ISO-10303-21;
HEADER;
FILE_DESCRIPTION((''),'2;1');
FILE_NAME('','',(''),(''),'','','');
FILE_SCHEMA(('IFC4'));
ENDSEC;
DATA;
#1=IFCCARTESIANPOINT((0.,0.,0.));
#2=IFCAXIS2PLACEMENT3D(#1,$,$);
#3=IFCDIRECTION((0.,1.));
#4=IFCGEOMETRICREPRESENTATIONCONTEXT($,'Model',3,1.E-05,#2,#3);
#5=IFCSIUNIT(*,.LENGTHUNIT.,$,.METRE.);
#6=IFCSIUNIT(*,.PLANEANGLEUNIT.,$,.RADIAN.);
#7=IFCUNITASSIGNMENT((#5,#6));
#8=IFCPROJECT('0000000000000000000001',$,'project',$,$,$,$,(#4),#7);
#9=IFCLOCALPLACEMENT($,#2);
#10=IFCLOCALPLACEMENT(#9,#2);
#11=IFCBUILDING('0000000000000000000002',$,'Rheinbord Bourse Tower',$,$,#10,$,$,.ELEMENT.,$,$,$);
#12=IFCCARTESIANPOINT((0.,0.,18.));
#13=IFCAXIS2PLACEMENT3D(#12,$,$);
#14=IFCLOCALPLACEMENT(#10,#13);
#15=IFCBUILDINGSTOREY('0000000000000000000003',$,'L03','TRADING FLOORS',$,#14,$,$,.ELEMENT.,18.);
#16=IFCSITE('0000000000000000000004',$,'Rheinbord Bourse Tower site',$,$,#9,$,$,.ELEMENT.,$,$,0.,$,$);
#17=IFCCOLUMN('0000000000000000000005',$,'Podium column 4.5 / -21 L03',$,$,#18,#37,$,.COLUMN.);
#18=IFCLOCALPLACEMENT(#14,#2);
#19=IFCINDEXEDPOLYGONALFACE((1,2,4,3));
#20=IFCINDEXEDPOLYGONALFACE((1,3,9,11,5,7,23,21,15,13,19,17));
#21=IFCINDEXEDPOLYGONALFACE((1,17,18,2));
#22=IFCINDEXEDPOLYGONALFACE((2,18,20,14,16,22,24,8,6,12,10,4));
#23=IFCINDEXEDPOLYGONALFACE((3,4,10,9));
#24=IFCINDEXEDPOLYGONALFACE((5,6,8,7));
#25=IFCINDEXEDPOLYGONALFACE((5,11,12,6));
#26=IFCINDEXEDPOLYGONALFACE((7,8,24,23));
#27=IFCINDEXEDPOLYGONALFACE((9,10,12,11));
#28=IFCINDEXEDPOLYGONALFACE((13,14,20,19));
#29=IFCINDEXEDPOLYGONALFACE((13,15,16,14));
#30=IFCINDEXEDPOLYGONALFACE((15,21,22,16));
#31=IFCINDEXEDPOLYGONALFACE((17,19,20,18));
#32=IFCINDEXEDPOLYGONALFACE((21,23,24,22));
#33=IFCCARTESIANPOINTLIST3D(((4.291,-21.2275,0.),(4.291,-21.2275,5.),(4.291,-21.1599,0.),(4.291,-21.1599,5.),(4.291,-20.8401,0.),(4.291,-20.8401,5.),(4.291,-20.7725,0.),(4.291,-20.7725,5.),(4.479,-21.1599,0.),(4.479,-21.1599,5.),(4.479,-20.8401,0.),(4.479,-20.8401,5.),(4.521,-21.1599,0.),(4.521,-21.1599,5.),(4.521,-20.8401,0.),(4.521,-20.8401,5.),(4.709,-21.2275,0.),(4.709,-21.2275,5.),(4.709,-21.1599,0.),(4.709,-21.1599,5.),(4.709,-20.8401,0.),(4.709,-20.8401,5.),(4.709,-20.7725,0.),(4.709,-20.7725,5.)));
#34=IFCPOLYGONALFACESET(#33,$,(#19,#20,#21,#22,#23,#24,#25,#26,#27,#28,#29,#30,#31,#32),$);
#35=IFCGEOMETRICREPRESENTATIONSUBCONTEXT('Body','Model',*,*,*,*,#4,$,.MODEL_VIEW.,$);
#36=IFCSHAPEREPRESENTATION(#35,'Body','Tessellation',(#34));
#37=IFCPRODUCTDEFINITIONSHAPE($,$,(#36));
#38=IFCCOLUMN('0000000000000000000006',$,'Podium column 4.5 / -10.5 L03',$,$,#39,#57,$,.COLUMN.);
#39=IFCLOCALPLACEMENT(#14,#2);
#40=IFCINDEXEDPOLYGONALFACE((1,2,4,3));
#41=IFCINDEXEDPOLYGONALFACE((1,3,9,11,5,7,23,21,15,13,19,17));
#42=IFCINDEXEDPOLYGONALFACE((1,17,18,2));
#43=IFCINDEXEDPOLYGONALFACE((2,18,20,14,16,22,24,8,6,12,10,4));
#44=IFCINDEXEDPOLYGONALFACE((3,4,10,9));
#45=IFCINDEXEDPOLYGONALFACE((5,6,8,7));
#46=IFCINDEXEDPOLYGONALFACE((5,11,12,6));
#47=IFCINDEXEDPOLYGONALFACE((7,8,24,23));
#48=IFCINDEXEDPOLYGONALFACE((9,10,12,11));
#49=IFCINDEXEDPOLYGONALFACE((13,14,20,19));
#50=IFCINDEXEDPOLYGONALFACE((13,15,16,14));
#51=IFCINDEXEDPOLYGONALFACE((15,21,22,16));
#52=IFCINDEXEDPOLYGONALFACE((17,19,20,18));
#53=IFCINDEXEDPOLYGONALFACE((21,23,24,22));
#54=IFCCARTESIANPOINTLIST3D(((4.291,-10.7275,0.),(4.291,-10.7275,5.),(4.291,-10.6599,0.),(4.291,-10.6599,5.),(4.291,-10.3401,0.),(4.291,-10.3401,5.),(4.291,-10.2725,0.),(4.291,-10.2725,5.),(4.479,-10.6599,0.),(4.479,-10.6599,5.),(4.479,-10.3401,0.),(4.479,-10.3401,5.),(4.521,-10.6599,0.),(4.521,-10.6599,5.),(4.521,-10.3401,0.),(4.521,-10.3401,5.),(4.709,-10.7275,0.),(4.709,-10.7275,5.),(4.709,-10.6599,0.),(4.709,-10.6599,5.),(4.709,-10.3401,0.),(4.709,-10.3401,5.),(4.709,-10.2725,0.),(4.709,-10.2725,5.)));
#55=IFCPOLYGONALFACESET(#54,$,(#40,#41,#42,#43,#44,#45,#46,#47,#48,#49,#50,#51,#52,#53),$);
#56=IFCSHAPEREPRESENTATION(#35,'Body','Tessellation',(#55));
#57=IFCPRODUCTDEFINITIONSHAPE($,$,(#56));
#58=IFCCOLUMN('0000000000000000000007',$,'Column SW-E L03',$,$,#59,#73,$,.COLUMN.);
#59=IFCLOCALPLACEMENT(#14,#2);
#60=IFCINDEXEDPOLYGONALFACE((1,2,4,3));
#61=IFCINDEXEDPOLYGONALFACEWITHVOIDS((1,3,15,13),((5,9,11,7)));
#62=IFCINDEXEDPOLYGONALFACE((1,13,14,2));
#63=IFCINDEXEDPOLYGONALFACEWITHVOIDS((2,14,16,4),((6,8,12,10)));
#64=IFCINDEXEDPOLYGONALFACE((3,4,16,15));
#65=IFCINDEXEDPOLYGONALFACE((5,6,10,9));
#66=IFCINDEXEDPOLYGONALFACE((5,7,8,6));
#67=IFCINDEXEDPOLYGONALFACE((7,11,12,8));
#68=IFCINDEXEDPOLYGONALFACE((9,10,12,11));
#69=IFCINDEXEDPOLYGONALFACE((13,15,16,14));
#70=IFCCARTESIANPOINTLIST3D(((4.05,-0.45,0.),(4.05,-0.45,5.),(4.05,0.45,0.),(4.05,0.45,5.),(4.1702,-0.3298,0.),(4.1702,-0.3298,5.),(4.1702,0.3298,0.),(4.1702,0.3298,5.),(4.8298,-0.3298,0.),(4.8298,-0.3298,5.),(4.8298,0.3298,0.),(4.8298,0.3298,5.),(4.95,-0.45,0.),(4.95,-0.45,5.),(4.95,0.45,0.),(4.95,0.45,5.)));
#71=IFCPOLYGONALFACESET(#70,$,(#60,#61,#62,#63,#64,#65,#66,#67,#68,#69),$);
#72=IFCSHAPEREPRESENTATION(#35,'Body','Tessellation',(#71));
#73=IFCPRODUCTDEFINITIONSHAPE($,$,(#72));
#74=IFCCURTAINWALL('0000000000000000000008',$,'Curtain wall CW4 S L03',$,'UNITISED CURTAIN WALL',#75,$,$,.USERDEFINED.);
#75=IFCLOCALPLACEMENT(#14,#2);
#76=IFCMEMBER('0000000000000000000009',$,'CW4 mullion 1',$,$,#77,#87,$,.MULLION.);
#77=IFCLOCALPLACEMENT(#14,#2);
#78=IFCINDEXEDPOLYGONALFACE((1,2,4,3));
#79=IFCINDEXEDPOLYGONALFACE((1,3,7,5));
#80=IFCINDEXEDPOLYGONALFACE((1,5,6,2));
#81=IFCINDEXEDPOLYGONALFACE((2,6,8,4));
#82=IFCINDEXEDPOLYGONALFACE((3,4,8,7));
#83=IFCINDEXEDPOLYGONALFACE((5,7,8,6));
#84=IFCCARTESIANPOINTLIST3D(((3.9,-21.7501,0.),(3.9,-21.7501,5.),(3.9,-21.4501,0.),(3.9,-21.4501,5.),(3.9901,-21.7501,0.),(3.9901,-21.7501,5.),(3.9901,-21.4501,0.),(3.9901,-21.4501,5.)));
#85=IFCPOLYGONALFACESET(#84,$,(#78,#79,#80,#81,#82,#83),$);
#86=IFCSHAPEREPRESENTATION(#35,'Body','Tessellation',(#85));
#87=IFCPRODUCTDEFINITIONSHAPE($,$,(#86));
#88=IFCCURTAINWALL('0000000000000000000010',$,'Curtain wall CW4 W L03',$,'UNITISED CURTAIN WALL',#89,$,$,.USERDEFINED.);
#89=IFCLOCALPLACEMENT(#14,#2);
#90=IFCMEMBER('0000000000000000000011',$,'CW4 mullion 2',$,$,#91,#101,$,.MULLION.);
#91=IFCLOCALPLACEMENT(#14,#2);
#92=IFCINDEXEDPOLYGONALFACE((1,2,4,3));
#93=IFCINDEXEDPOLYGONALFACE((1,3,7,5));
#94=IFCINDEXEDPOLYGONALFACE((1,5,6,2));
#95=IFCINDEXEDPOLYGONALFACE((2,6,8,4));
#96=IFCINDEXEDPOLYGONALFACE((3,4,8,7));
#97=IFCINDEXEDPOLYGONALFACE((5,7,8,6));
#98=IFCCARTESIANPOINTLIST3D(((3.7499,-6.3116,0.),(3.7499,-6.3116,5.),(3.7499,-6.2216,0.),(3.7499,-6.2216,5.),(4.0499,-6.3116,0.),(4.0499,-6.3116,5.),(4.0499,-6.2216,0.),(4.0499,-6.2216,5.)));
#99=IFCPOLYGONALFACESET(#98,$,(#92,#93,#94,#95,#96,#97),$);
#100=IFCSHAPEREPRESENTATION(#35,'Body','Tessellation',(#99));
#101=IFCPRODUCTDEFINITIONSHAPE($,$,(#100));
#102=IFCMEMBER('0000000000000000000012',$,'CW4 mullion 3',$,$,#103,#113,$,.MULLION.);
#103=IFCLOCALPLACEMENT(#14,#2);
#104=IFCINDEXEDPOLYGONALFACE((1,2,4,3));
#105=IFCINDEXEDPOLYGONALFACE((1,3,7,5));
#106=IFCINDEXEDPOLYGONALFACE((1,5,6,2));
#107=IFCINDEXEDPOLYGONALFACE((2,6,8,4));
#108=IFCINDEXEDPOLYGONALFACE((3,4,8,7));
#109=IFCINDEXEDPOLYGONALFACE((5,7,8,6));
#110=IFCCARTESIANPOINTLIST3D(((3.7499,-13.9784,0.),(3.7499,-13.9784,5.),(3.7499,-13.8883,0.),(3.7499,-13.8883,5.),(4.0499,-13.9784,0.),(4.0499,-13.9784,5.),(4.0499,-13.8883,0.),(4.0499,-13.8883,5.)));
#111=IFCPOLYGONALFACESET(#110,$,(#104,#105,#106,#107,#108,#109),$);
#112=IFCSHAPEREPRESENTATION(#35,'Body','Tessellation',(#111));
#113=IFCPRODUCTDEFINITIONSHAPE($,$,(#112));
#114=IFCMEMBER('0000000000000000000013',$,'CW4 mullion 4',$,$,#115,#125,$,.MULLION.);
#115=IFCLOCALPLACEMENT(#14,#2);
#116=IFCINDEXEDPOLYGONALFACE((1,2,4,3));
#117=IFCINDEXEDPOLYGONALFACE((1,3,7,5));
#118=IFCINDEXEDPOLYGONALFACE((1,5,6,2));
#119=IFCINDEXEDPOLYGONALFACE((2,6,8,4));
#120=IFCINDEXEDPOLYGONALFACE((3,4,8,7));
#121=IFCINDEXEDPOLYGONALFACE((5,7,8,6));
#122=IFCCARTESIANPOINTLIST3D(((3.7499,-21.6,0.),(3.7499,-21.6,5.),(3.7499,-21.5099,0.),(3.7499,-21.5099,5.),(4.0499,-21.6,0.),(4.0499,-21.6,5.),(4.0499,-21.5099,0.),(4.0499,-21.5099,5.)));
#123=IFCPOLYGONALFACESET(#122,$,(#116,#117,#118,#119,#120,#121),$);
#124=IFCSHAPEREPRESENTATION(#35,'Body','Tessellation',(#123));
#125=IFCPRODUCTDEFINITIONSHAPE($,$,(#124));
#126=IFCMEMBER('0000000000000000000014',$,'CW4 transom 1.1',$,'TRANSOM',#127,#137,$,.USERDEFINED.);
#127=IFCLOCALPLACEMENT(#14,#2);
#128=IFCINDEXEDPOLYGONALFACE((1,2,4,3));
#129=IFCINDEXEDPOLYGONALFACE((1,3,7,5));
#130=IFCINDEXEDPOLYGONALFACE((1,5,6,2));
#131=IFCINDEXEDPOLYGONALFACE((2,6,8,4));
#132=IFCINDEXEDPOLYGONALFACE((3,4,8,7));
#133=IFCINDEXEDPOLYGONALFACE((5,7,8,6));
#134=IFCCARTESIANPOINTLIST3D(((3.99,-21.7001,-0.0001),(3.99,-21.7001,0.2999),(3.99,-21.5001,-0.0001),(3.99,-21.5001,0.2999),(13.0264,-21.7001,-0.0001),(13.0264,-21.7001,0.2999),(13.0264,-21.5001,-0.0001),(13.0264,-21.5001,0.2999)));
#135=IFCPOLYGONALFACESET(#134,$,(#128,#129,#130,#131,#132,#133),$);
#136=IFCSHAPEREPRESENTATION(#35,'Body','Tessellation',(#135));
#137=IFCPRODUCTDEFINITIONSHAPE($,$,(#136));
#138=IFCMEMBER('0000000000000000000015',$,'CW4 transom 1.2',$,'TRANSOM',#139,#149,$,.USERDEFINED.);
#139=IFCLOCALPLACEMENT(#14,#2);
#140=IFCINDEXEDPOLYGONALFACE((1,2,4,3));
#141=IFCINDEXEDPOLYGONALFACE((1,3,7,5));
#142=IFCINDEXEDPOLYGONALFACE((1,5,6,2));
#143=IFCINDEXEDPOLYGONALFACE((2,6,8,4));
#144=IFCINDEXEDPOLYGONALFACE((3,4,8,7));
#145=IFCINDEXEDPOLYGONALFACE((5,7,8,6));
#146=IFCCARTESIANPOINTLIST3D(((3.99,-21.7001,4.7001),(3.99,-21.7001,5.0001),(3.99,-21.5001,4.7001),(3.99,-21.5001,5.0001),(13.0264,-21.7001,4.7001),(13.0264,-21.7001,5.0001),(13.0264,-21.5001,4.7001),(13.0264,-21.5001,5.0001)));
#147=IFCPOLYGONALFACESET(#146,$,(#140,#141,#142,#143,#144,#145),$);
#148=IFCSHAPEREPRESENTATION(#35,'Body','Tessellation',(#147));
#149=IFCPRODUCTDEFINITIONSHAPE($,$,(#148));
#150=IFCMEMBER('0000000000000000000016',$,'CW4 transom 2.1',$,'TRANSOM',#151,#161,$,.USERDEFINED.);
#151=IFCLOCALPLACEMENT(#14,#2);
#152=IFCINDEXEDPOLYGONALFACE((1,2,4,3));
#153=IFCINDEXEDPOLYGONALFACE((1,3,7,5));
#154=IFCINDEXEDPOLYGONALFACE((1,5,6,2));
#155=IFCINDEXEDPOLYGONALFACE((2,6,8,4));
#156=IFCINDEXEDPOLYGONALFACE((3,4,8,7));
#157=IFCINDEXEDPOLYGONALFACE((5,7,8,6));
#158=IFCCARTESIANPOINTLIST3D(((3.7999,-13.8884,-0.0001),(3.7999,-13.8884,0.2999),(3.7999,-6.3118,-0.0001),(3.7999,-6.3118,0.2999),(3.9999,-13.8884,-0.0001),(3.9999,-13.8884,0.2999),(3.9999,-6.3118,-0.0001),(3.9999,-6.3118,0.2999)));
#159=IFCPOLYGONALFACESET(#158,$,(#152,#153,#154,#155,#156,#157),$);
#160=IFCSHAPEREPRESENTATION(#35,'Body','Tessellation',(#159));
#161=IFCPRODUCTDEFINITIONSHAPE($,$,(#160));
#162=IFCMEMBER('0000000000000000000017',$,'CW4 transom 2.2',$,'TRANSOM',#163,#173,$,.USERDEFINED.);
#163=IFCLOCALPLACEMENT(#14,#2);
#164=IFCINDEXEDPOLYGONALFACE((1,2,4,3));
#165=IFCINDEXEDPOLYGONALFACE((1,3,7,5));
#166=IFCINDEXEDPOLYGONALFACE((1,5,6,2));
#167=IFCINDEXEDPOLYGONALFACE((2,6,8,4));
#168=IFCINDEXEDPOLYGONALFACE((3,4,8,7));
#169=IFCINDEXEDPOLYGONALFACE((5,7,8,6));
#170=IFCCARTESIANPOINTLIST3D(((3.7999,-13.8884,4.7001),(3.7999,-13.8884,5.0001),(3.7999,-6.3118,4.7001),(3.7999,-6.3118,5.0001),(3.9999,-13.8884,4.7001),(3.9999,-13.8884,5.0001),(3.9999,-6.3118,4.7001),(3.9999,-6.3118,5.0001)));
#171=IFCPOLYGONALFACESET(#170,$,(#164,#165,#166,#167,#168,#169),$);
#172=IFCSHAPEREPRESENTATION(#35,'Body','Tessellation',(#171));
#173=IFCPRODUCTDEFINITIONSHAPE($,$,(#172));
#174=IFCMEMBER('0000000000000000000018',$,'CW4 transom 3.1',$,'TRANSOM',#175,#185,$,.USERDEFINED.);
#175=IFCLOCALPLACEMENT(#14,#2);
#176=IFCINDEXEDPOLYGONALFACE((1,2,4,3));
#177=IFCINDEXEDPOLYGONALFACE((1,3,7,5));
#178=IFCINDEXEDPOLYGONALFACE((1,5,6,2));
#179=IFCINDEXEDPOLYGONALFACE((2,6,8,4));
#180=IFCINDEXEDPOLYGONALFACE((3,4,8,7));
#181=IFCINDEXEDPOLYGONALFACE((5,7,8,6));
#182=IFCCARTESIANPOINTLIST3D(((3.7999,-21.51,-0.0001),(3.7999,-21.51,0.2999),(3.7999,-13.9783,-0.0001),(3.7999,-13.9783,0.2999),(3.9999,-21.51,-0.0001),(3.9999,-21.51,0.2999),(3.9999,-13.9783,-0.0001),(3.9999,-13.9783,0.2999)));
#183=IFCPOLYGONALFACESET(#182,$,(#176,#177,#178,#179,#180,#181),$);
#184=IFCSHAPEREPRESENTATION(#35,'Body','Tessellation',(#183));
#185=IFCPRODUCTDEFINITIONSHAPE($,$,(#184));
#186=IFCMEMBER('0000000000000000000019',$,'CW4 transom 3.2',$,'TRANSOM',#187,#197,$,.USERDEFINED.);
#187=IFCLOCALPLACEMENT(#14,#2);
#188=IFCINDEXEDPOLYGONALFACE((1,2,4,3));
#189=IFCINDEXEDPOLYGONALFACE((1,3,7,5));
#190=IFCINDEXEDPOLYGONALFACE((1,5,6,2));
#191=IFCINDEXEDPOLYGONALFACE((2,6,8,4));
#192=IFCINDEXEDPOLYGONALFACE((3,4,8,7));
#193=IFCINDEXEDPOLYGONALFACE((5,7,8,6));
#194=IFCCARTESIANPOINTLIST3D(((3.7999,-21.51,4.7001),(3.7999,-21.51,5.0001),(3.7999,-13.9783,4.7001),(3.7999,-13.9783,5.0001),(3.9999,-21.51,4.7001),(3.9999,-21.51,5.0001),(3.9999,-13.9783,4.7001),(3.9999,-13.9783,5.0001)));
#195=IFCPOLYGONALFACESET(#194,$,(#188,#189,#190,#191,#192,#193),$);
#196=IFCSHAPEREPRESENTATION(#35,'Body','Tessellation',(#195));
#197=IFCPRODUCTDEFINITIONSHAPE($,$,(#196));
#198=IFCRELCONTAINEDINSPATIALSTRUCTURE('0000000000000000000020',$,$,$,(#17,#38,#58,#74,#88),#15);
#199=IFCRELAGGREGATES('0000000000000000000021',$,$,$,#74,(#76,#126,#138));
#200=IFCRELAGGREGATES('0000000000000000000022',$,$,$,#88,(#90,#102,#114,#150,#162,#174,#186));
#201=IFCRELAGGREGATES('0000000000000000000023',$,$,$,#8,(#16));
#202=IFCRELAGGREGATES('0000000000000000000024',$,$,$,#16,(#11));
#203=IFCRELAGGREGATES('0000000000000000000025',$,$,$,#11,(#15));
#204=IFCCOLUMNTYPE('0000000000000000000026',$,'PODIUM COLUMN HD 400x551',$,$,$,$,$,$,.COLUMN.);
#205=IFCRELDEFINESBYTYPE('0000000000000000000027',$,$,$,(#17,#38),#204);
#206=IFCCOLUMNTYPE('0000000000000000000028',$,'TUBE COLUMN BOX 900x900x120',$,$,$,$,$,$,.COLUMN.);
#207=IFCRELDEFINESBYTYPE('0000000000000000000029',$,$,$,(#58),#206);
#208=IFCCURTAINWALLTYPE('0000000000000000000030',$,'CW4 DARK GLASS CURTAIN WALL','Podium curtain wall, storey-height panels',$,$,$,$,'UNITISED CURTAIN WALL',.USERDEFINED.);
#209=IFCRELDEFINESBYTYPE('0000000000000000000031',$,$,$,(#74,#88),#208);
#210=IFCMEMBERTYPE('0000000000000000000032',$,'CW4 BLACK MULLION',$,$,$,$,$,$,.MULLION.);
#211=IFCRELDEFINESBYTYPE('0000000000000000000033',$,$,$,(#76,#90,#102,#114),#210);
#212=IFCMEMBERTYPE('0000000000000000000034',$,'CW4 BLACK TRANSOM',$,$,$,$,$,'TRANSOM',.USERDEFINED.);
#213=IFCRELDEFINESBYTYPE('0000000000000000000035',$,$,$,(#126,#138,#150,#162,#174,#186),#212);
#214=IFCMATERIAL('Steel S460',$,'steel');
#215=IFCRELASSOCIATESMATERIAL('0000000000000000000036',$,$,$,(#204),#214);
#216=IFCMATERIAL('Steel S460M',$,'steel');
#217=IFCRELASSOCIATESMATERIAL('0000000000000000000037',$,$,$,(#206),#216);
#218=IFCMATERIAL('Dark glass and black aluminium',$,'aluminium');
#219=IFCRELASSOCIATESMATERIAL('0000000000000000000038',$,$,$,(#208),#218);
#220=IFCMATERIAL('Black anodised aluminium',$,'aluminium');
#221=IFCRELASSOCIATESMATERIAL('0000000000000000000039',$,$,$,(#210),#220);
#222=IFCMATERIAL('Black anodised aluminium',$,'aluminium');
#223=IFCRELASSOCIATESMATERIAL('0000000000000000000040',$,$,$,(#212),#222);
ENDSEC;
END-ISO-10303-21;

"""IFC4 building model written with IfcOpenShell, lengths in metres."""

from ifc_helpers import new_model, si_unit, direction, frame, origin, origin_2d, place, context, subcontext, project, spatial, rectangle, hollow_rectangle, i_section, extrude, material, material_profile, profile_set, type_object, element, aggregate, save


model = new_model("IFC4")

# Units and contexts
model_context = context("Model", 3, precision=1e-05, world=origin(), true_north=direction((0.0, 1.0)))
body_context = subcontext(model_context, "Body", "Model", "MODEL_VIEW")
ifc_project = project(units=[si_unit("LENGTHUNIT", "METRE"), si_unit("PLANEANGLEUNIT", "RADIAN")], contexts=[model_context])

# Site, building, storey
site_placement = place(None, origin())
site = spatial("IfcSite", under=ifc_project, at=site_placement, Name="Rheinbord Bourse Tower site", CompositionType="ELEMENT", RefElevation=0.0)
building_placement = place(site_placement, origin())
building = spatial("IfcBuilding", under=site, at=building_placement, Name="Rheinbord Bourse Tower", CompositionType="ELEMENT")
storey_placement = place(building_placement, frame((0.0, 0.0, 18.0)))
storey = spatial("IfcBuildingStorey", under=building, at=storey_placement, Name="L03", Description="TRADING FLOORS", CompositionType="ELEMENT", Elevation=18.0)

# Columns
ifc_material_1 = material(Name="Steel S460", Category="steel")
ifc_material_profile_1 = material_profile(ifc_material_1, i_section(OverallWidth=0.418, OverallDepth=0.4551, WebThickness=0.042, FlangeThickness=0.0676, at=origin_2d()), Name="HD 400x551")
ifc_profile_set_1 = profile_set([ifc_material_profile_1], Name="Steel S460")
column_type_1 = type_object("IfcColumnType", Name="PODIUM COLUMN HD 400x551", PredefinedType="COLUMN", material=ifc_profile_set_1)
for number, where, z_axis, x_axis, name in (
    (1, (4.5, -21.0, 0.0), (0.0, 0.0, 1.0), (1.0, 0.0, 0.0), "Podium column 4.5 / -21 L03"),
    (2, (4.5, -10.5, 0.0), (0.0, 0.0, 1.0), (1.0, 0.0, 0.0), "Podium column 4.5 / -10.5 L03"),
):
    element("IfcColumn", number, at=place(storey_placement, frame(where, z_axis=z_axis, x_axis=x_axis)), inside=storey, type_object=column_type_1, Name=name, PredefinedType="COLUMN", context=body_context, shape_type="SweptSolid", body=[
        extrude(i_section(OverallWidth=0.418, OverallDepth=0.4551, WebThickness=0.042, FlangeThickness=0.0676, at=origin_2d()), origin(), (0.0, 0.0, 1.0), 5.0),
    ])
ifc_material_2 = material(Name="Steel S460M", Category="steel")
ifc_material_profile_2 = material_profile(ifc_material_2, hollow_rectangle(XDim=0.8999, YDim=0.8999, WallThickness=0.1201, at=origin_2d()), Name="BOX 900x900x120")
ifc_profile_set_2 = profile_set([ifc_material_profile_2], Name="Steel S460M")
column_type_2 = type_object("IfcColumnType", Name="TUBE COLUMN BOX 900x900x120", PredefinedType="COLUMN", material=ifc_profile_set_2)
column_placement = place(storey_placement, frame((4.5, 0.0, 0.0), z_axis=(0.0, 0.0, 1.0), x_axis=(0.0, 1.0, 0.0)))
element("IfcColumn", 3, at=column_placement, inside=storey, type_object=column_type_2, Name="Column SW-E L03", PredefinedType="COLUMN", context=body_context, shape_type="SweptSolid", body=[
    extrude(hollow_rectangle(XDim=0.8999, YDim=0.8999, WallThickness=0.1201, at=origin_2d()), origin(), (0.0, 0.0, 1.0), 5.0),
])

# Curtain wall, member
ifc_material_3 = material(Name="Dark glass and black aluminium", Category="aluminium")
curtain_wall_type = type_object("IfcCurtainWallType", Name="CW4 DARK GLASS CURTAIN WALL", Description="Podium curtain wall, storey-height panels", ElementType="UNITISED CURTAIN WALL", PredefinedType="USERDEFINED", material=ifc_material_3)
curtain_wall_1_placement = place(storey_placement, origin())
curtain_wall_1 = element("IfcCurtainWall", 4, at=curtain_wall_1_placement, inside=storey, type_object=curtain_wall_type, Name="Curtain wall CW4 S L03", ObjectType="UNITISED CURTAIN WALL", PredefinedType="USERDEFINED")
ifc_material_4 = material(Name="Black anodised aluminium", Category="aluminium")
ifc_material_profile_3 = material_profile(ifc_material_4, rectangle(XDim=0.3, YDim=0.0901, at=origin_2d()), Name="CW4 MULLION 90x300")
ifc_profile_set_3 = profile_set([ifc_material_profile_3], Name="Black anodised aluminium")
member_type_1 = type_object("IfcMemberType", Name="CW4 BLACK MULLION", PredefinedType="MULLION", material=ifc_profile_set_3)
member_1_placement = place(storey_placement, frame((3.9451, -21.6001, 0.0), z_axis=(0.0, 0.0, 1.0), x_axis=(0.0, 1.0, 0.0)))
member_1 = element("IfcMember", 5, at=member_1_placement, type_object=member_type_1, Name="CW4 mullion 1", PredefinedType="MULLION", context=body_context, shape_type="SweptSolid", body=[
    extrude(rectangle(XDim=0.3, YDim=0.0901, at=origin_2d()), origin(), (0.0, 0.0, 1.0), 5.0),
])

# Curtain wall, members
curtain_wall_2_placement = place(storey_placement, origin())
curtain_wall_2 = element("IfcCurtainWall", 6, at=curtain_wall_2_placement, inside=storey, type_object=curtain_wall_type, Name="Curtain wall CW4 W L03", ObjectType="UNITISED CURTAIN WALL", PredefinedType="USERDEFINED")
member_2_placement = place(storey_placement, frame((3.8999, -6.2666, 0.0), z_axis=(0.0, 0.0, 1.0), x_axis=(1.0, 0.0, 0.0)))
member_2 = element("IfcMember", 7, at=member_2_placement, type_object=member_type_1, Name="CW4 mullion 2", PredefinedType="MULLION", context=body_context, shape_type="SweptSolid", body=[
    extrude(rectangle(XDim=0.3, YDim=0.0901, at=origin_2d()), origin(), (0.0, 0.0, 1.0), 5.0),
])
member_3_placement = place(storey_placement, frame((3.8999, -13.9333, 0.0), z_axis=(0.0, 0.0, 1.0), x_axis=(1.0, 0.0, 0.0)))
member_3 = element("IfcMember", 8, at=member_3_placement, type_object=member_type_1, Name="CW4 mullion 3", PredefinedType="MULLION", context=body_context, shape_type="SweptSolid", body=[
    extrude(rectangle(XDim=0.3, YDim=0.0901, at=origin_2d()), origin(), (0.0, 0.0, 1.0), 5.0),
])
member_4_placement = place(storey_placement, frame((3.8999, -21.5549, 0.0), z_axis=(0.0, 0.0, 1.0), x_axis=(1.0, 0.0, 0.0)))
member_4 = element("IfcMember", 9, at=member_4_placement, type_object=member_type_1, Name="CW4 mullion 4", PredefinedType="MULLION", context=body_context, shape_type="SweptSolid", body=[
    extrude(rectangle(XDim=0.3, YDim=0.0901, at=origin_2d()), origin(), (0.0, 0.0, 1.0), 5.0),
])

# Members
ifc_material_5 = material(Name="Black anodised aluminium", Category="aluminium")
ifc_material_profile_4 = material_profile(ifc_material_5, rectangle(XDim=0.2, YDim=0.3, at=origin_2d()), Name="CW4 TRANSOM 300x200")
ifc_profile_set_4 = profile_set([ifc_material_profile_4], Name="Black anodised aluminium")
member_type_2 = type_object("IfcMemberType", Name="CW4 BLACK TRANSOM", ElementType="TRANSOM", PredefinedType="USERDEFINED", material=ifc_profile_set_4)
member_5_placement = place(storey_placement, frame((3.99, -21.6001, 0.1499), z_axis=(1.0, 0.0, 0.0), x_axis=(0.0, 1.0, 0.0)))
member_5 = element("IfcMember", 10, at=member_5_placement, type_object=member_type_2, Name="CW4 transom 1.1", ObjectType="TRANSOM", PredefinedType="USERDEFINED", context=body_context, shape_type="SweptSolid", body=[
    extrude(rectangle(XDim=0.2, YDim=0.3, at=origin_2d()), origin(), (0.0, 0.0, 1.0), 9.0364),
])
member_6_placement = place(storey_placement, frame((3.99, -21.6001, 4.8501), z_axis=(1.0, 0.0, 0.0), x_axis=(0.0, 1.0, 0.0)))
member_6 = element("IfcMember", 11, at=member_6_placement, type_object=member_type_2, Name="CW4 transom 1.2", ObjectType="TRANSOM", PredefinedType="USERDEFINED", context=body_context, shape_type="SweptSolid", body=[
    extrude(rectangle(XDim=0.2, YDim=0.3, at=origin_2d()), origin(), (0.0, 0.0, 1.0), 9.0364),
])
member_7_placement = place(storey_placement, frame((3.8999, -6.3118, 0.1499), z_axis=(0.0, -1.0, 0.0), x_axis=(1.0, 0.0, 0.0)))
member_7 = element("IfcMember", 12, at=member_7_placement, type_object=member_type_2, Name="CW4 transom 2.1", ObjectType="TRANSOM", PredefinedType="USERDEFINED", context=body_context, shape_type="SweptSolid", body=[
    extrude(rectangle(XDim=0.2, YDim=0.3, at=origin_2d()), origin(), (0.0, 0.0, 1.0), 7.5767),
])
member_8_placement = place(storey_placement, frame((3.8999, -6.3118, 4.8501), z_axis=(0.0, -1.0, 0.0), x_axis=(1.0, 0.0, 0.0)))
member_8 = element("IfcMember", 13, at=member_8_placement, type_object=member_type_2, Name="CW4 transom 2.2", ObjectType="TRANSOM", PredefinedType="USERDEFINED", context=body_context, shape_type="SweptSolid", body=[
    extrude(rectangle(XDim=0.2, YDim=0.3, at=origin_2d()), origin(), (0.0, 0.0, 1.0), 7.5767),
])
member_9_placement = place(storey_placement, frame((3.8999, -13.9783, 0.1499), z_axis=(0.0, -1.0, 0.0), x_axis=(1.0, 0.0, 0.0)))
member_9 = element("IfcMember", 14, at=member_9_placement, type_object=member_type_2, Name="CW4 transom 3.1", ObjectType="TRANSOM", PredefinedType="USERDEFINED", context=body_context, shape_type="SweptSolid", body=[
    extrude(rectangle(XDim=0.2, YDim=0.3, at=origin_2d()), origin(), (0.0, 0.0, 1.0), 7.5317),
])
member_10_placement = place(storey_placement, frame((3.8999, -13.9783, 4.8501), z_axis=(0.0, -1.0, 0.0), x_axis=(1.0, 0.0, 0.0)))
member_10 = element("IfcMember", 15, at=member_10_placement, type_object=member_type_2, Name="CW4 transom 3.2", ObjectType="TRANSOM", PredefinedType="USERDEFINED", context=body_context, shape_type="SweptSolid", body=[
    extrude(rectangle(XDim=0.2, YDim=0.3, at=origin_2d()), origin(), (0.0, 0.0, 1.0), 7.5317),
])

aggregate(curtain_wall_1, [member_1, member_5, member_6])
aggregate(curtain_wall_2, [member_2, member_3, member_4, member_7, member_8, member_9, member_10])

save(model, "model.ifc")
